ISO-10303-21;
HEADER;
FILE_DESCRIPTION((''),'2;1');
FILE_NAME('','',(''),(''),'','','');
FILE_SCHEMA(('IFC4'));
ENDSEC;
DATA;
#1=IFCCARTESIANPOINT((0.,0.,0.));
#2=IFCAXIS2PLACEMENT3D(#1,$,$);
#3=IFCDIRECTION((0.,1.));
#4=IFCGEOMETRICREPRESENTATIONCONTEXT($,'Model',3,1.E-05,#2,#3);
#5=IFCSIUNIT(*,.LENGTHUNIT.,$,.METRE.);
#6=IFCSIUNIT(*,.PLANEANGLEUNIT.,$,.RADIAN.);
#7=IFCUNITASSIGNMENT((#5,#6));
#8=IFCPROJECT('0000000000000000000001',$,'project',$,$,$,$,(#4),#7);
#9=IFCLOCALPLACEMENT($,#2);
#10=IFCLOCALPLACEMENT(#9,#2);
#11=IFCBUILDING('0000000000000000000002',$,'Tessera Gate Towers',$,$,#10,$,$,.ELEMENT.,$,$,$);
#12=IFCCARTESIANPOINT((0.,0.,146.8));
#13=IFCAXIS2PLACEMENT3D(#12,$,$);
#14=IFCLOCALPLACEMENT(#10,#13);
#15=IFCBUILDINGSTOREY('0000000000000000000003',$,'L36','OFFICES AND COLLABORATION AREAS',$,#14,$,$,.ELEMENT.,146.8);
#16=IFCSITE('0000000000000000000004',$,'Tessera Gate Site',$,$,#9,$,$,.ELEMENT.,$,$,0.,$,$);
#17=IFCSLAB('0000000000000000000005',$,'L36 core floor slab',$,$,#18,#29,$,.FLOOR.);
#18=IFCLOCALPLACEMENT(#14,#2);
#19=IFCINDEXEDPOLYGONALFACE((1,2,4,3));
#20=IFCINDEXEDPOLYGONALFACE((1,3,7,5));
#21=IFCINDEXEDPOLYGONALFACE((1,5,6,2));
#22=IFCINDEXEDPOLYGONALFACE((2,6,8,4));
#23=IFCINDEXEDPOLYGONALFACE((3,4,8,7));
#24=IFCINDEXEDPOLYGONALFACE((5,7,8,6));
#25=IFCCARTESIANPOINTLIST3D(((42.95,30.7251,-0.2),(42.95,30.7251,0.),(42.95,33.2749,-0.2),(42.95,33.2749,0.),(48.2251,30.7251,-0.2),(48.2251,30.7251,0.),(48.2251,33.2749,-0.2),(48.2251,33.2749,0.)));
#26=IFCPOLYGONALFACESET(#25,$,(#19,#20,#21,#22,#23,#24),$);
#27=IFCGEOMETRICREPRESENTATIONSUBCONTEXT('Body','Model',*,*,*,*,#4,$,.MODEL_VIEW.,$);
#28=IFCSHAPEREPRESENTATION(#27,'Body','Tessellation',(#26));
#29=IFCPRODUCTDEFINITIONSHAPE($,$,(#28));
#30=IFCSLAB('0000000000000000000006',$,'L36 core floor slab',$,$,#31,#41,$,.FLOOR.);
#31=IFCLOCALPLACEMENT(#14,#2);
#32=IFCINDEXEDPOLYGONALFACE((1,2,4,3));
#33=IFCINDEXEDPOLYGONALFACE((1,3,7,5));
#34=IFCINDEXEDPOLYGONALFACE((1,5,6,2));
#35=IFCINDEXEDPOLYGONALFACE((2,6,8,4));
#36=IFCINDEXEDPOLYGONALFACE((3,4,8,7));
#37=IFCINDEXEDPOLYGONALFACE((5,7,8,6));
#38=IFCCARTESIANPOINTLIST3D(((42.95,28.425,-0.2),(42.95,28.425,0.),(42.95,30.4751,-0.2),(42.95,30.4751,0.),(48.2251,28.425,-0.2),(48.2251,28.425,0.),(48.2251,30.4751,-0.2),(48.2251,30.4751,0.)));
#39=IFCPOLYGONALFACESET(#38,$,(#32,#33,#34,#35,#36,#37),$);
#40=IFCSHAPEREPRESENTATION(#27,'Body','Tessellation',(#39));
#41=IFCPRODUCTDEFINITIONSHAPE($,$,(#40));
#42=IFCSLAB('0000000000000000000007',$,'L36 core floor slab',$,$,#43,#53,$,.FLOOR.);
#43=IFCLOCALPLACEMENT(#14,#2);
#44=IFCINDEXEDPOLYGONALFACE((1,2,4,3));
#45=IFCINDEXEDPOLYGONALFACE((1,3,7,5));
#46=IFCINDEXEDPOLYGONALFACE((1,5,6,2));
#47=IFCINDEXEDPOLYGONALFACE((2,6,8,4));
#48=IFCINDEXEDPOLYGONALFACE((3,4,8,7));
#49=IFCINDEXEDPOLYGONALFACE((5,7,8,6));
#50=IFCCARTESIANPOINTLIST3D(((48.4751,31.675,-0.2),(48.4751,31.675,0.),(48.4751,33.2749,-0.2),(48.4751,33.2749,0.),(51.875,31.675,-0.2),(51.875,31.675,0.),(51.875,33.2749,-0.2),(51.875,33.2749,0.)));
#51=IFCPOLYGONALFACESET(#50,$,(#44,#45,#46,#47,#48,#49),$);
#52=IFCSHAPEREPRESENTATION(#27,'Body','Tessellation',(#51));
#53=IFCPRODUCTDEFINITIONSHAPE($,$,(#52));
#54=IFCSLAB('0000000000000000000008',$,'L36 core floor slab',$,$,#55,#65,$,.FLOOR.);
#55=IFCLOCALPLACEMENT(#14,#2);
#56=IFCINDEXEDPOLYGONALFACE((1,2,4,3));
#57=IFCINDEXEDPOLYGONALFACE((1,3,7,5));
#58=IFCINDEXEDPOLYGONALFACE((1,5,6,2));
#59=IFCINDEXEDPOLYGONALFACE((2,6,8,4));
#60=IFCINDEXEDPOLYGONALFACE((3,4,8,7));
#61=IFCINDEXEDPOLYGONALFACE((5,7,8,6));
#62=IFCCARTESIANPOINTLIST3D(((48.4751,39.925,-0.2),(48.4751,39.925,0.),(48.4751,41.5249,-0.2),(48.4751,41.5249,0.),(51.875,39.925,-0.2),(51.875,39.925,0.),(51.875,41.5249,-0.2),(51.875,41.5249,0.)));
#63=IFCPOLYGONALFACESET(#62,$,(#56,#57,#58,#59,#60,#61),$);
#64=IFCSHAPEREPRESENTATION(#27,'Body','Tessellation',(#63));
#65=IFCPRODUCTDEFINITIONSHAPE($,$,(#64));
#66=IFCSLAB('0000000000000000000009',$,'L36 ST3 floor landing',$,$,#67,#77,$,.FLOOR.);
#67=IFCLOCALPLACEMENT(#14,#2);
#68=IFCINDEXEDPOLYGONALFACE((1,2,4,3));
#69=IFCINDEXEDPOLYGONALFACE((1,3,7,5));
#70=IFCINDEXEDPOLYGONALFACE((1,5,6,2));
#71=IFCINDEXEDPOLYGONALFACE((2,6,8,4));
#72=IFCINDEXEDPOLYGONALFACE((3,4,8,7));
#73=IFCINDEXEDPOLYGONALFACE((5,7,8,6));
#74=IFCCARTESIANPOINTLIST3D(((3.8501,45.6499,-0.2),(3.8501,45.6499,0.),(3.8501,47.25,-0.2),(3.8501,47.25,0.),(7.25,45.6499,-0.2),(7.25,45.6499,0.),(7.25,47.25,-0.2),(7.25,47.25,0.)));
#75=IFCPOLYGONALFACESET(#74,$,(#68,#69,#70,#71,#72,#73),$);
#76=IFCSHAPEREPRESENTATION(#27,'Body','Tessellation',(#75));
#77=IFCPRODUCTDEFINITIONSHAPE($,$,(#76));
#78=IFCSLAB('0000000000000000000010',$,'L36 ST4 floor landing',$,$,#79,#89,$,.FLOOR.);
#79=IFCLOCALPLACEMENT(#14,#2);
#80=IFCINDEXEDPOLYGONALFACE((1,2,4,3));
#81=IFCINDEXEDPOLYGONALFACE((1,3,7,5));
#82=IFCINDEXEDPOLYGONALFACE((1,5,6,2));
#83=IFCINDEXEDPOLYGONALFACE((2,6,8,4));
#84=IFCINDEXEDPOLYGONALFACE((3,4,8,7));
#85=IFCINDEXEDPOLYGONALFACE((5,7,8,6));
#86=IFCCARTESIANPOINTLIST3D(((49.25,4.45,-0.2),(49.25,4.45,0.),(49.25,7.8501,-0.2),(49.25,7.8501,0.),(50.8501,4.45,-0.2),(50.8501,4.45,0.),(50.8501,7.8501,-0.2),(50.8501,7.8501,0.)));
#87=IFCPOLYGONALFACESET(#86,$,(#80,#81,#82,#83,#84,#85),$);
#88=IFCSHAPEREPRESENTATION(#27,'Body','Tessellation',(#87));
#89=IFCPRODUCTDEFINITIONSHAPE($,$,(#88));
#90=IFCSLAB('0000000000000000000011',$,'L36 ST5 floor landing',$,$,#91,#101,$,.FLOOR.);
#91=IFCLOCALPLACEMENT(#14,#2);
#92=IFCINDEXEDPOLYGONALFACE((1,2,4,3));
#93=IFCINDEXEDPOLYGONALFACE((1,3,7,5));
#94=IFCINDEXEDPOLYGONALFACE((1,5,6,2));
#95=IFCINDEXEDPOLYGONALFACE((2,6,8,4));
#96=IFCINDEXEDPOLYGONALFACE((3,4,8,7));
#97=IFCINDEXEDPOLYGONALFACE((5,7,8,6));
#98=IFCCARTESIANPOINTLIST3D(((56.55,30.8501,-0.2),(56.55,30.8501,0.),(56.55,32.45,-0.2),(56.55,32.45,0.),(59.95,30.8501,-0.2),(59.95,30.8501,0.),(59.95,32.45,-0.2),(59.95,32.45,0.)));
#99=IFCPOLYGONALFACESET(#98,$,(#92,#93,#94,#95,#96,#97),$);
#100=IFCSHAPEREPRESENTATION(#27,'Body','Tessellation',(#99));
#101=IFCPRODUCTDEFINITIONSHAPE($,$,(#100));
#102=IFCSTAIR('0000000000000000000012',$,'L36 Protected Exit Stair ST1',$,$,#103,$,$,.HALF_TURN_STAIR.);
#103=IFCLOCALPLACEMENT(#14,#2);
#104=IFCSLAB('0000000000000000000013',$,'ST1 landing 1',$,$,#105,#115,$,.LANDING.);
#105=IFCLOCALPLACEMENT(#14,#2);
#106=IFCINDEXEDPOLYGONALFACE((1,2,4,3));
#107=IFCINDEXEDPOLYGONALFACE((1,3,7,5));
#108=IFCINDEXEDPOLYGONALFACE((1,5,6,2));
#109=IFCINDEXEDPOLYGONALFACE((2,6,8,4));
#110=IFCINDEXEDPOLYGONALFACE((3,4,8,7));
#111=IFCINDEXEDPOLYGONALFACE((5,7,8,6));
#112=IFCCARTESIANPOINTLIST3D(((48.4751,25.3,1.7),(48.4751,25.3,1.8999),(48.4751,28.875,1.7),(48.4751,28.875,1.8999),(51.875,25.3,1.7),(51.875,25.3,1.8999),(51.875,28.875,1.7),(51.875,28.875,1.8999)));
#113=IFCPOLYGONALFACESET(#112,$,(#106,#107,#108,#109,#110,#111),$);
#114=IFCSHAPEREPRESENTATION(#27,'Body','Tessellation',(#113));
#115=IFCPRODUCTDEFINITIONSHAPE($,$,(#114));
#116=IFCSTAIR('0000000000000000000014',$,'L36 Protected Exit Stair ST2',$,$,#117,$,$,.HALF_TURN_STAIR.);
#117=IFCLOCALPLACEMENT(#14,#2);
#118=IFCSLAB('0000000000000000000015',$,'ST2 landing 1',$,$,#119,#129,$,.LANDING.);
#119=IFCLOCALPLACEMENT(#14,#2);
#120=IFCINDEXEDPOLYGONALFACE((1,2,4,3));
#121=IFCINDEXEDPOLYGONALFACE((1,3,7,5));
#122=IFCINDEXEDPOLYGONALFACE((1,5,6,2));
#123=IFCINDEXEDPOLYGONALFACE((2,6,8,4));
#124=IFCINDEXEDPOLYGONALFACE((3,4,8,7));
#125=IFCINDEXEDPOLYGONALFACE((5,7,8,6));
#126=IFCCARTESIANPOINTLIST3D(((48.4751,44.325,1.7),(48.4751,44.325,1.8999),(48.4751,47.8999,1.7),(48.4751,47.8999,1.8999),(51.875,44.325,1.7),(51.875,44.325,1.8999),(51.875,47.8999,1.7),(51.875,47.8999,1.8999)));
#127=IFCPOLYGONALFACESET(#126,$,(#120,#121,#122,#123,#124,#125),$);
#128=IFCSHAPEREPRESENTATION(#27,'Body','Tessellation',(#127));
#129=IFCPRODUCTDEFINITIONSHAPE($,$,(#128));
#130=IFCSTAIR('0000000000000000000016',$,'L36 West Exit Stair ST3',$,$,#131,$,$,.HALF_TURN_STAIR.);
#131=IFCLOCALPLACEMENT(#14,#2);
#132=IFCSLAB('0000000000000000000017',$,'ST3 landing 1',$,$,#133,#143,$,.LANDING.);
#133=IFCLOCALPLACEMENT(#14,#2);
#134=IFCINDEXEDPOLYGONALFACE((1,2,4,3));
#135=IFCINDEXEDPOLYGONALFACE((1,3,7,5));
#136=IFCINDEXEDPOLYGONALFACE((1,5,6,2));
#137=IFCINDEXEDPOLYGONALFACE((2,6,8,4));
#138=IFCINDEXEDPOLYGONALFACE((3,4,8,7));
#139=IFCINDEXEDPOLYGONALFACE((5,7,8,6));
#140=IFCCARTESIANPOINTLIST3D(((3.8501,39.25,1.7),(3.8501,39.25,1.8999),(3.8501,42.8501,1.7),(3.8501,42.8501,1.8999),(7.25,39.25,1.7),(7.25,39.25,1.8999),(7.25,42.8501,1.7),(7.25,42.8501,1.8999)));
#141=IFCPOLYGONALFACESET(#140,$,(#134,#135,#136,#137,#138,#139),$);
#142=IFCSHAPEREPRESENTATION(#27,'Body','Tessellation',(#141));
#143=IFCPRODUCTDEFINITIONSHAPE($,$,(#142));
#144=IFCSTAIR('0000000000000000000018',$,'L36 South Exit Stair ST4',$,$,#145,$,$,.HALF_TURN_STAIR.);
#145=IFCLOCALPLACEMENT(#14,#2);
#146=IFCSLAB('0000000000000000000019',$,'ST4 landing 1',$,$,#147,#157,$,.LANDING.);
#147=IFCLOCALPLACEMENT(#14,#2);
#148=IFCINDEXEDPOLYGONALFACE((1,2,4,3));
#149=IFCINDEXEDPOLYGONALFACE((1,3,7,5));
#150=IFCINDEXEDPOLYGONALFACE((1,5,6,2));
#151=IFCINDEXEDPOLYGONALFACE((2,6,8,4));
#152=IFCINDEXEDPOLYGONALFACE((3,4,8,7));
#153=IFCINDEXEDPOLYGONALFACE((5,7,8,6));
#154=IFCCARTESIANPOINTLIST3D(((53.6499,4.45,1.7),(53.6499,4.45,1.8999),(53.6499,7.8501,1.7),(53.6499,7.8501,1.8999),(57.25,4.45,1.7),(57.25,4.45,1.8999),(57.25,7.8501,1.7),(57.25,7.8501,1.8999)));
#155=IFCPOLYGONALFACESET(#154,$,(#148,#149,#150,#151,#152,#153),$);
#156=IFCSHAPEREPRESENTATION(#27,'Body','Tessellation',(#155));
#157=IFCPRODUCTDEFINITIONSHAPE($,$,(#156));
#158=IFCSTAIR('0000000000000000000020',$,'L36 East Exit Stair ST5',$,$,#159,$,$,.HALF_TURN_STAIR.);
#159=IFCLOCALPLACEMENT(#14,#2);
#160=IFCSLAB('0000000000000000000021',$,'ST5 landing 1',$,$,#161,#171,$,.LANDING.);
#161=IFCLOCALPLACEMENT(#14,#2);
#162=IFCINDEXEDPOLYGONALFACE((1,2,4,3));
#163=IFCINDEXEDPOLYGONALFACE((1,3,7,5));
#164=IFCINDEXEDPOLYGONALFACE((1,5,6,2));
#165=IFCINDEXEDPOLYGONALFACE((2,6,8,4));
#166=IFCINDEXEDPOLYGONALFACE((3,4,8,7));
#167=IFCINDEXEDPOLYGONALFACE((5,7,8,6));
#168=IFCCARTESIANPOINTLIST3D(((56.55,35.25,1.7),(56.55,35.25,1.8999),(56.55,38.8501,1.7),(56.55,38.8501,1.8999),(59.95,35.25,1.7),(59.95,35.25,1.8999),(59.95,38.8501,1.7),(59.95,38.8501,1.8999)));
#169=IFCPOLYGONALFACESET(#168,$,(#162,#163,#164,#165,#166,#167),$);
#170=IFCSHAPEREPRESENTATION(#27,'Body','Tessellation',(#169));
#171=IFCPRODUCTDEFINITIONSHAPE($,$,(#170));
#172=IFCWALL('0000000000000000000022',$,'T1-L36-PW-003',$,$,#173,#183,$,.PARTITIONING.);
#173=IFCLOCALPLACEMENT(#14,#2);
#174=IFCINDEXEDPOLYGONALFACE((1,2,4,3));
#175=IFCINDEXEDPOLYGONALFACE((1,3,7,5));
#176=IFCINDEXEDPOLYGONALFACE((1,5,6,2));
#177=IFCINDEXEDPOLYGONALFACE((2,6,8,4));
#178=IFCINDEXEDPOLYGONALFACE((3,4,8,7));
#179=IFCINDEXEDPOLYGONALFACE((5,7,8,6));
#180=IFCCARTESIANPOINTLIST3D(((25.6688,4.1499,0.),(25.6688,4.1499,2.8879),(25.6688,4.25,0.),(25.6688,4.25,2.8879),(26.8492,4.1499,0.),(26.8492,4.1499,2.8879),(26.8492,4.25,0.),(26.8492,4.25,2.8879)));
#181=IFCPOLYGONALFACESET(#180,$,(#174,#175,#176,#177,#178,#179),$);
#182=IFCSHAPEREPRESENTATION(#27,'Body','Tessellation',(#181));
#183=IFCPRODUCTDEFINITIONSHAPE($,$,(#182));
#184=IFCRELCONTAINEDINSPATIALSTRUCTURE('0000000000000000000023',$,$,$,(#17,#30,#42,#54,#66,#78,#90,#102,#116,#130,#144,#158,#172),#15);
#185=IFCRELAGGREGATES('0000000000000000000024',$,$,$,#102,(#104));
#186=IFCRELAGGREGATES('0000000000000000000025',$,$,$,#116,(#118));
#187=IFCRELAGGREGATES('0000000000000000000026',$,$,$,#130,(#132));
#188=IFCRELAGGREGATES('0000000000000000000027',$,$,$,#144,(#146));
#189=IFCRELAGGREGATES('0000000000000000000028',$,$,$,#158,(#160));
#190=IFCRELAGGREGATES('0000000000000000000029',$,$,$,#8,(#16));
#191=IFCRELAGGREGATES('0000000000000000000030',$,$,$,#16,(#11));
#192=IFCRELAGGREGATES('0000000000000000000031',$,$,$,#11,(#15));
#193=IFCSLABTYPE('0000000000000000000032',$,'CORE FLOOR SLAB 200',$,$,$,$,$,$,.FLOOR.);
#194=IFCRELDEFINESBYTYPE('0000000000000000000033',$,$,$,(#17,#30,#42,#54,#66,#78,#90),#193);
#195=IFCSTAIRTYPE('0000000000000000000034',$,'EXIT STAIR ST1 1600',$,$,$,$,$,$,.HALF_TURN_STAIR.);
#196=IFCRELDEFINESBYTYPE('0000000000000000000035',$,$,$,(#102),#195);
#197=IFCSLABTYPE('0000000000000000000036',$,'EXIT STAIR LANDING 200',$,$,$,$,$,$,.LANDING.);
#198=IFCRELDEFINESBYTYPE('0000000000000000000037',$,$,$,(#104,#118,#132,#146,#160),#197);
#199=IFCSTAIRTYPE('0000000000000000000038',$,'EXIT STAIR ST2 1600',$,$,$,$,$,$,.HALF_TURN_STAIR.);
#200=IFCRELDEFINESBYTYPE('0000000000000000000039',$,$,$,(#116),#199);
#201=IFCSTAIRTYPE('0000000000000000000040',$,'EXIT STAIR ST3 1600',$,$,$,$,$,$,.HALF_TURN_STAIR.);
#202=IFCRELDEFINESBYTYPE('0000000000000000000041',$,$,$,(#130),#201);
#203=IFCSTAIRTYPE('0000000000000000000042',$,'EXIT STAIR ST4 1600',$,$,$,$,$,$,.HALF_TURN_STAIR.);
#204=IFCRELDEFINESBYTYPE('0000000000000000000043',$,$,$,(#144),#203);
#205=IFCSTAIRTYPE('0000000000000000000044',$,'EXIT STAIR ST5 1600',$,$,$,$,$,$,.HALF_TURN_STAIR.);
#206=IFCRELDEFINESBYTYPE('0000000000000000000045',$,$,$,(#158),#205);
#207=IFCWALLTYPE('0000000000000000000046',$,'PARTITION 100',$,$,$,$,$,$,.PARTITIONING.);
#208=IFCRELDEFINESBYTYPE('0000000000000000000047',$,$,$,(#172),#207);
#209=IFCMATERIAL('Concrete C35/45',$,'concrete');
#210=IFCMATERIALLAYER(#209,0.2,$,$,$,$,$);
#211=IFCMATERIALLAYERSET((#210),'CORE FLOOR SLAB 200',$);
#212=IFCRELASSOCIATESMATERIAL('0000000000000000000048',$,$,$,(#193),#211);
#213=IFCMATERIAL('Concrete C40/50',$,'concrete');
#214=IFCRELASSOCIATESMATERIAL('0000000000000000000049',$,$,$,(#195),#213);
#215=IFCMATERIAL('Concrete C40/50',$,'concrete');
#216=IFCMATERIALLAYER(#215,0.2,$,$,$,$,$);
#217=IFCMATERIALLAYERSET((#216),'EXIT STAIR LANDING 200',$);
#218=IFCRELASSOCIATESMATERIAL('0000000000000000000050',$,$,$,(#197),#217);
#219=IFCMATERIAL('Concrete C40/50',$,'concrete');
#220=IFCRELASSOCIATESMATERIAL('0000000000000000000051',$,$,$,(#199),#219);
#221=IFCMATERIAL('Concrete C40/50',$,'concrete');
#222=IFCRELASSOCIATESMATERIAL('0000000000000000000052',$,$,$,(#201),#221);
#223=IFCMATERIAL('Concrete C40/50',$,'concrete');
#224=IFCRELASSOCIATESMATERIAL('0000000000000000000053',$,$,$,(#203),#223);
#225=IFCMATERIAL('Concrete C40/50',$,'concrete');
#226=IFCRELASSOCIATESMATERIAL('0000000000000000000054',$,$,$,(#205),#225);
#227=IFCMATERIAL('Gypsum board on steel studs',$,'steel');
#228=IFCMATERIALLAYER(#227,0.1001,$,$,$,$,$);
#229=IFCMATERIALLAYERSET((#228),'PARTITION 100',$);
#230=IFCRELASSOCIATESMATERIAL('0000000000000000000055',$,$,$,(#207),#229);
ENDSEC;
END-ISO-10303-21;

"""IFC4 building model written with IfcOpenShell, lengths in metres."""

from ifc_helpers import new_model, si_unit, direction, frame, frame_2d, origin, place, context, subcontext, project, spatial, polyline, rectangle, outline, extrude, material, layer, layer_set, type_object, element, aggregate, save


model = new_model("IFC4")

# Units and contexts
model_context = context("Model", 3, precision=1e-05, world=origin(), true_north=direction((0.0, 1.0)))
body_context = subcontext(model_context, "Body", "Model", "MODEL_VIEW")
ifc_project = project(units=[si_unit("LENGTHUNIT", "METRE"), si_unit("PLANEANGLEUNIT", "RADIAN")], contexts=[model_context])

# Site, building, storey
site_placement = place(None, origin())
site = spatial("IfcSite", under=ifc_project, at=site_placement, Name="Tessera Gate Site", CompositionType="ELEMENT", RefElevation=0.0)
building_placement = place(site_placement, origin())
building = spatial("IfcBuilding", under=site, at=building_placement, Name="Tessera Gate Towers", CompositionType="ELEMENT")
storey_placement = place(building_placement, frame((0.0, 0.0, 146.8)))
storey = spatial("IfcBuildingStorey", under=building, at=storey_placement, Name="L36", Description="OFFICES AND COLLABORATION AREAS", CompositionType="ELEMENT", Elevation=146.8)

# Slabs
ifc_material_1 = material(Name="Concrete C35/45", Category="concrete")
ifc_layer_1 = layer(ifc_material_1, 0.2)
ifc_layer_set_1 = layer_set([ifc_layer_1], Name="CORE FLOOR SLAB 200")
slab_type_1 = type_object("IfcSlabType", Name="CORE FLOOR SLAB 200", PredefinedType="FLOOR", material=ifc_layer_set_1)
slab_1_placement = place(storey_placement, frame((0.0, 0.0, -0.2)))
element("IfcSlab", 1, at=slab_1_placement, inside=storey, type_object=slab_type_1, Name="L36 core floor slab", PredefinedType="FLOOR", context=body_context, shape_type="SweptSolid", body=[
    extrude(outline(polyline([(42.95, 33.2749), (42.95, 30.7251), (48.2251, 30.7251), (48.2251, 33.2749), (42.95, 33.2749)])), origin(), (0.0, 0.0, 1.0), 0.2),
])
slab_2_placement = place(storey_placement, frame((0.0, 0.0, -0.2)))
element("IfcSlab", 2, at=slab_2_placement, inside=storey, type_object=slab_type_1, Name="L36 core floor slab", PredefinedType="FLOOR", context=body_context, shape_type="SweptSolid", body=[
    extrude(outline(polyline([(48.2251, 30.4751), (42.95, 30.4751), (42.95, 28.425), (48.2251, 28.425), (48.2251, 30.4751)])), origin(), (0.0, 0.0, 1.0), 0.2),
])
slab_3_placement = place(storey_placement, frame((0.0, 0.0, -0.2)))
element("IfcSlab", 3, at=slab_3_placement, inside=storey, type_object=slab_type_1, Name="L36 core floor slab", PredefinedType="FLOOR", context=body_context, shape_type="SweptSolid", body=[
    extrude(outline(polyline([(51.875, 31.675), (51.875, 33.2749), (48.4751, 33.2749), (48.4751, 31.675), (51.875, 31.675)])), origin(), (0.0, 0.0, 1.0), 0.2),
])
slab_4_placement = place(storey_placement, frame((0.0, 0.0, -0.2)))
element("IfcSlab", 4, at=slab_4_placement, inside=storey, type_object=slab_type_1, Name="L36 core floor slab", PredefinedType="FLOOR", context=body_context, shape_type="SweptSolid", body=[
    extrude(outline(polyline([(48.4751, 41.5249), (48.4751, 39.925), (51.875, 39.925), (51.875, 41.5249), (48.4751, 41.5249)])), origin(), (0.0, 0.0, 1.0), 0.2),
])
slab_5_placement = place(storey_placement, frame((0.0, 0.0, -0.2)))
element("IfcSlab", 5, at=slab_5_placement, inside=storey, type_object=slab_type_1, Name="L36 ST3 floor landing", PredefinedType="FLOOR", context=body_context, shape_type="SweptSolid", body=[
    extrude(outline(polyline([(3.8501, 47.25), (3.8501, 45.6499), (7.25, 45.6499), (7.25, 47.25), (3.8501, 47.25)])), origin(), (0.0, 0.0, 1.0), 0.2),
])
slab_6_placement = place(storey_placement, frame((0.0, 0.0, -0.2)))
element("IfcSlab", 6, at=slab_6_placement, inside=storey, type_object=slab_type_1, Name="L36 ST4 floor landing", PredefinedType="FLOOR", context=body_context, shape_type="SweptSolid", body=[
    extrude(outline(polyline([(49.25, 4.45), (50.8501, 4.45), (50.8501, 7.8501), (49.25, 7.8501), (49.25, 4.45)])), origin(), (0.0, 0.0, 1.0), 0.2),
])
slab_7_placement = place(storey_placement, frame((0.0, 0.0, -0.2)))
element("IfcSlab", 7, at=slab_7_placement, inside=storey, type_object=slab_type_1, Name="L36 ST5 floor landing", PredefinedType="FLOOR", context=body_context, shape_type="SweptSolid", body=[
    extrude(outline(polyline([(59.95, 30.8501), (59.95, 32.45), (56.55, 32.45), (56.55, 30.8501), (59.95, 30.8501)])), origin(), (0.0, 0.0, 1.0), 0.2),
])

# Stairs, slabs
ifc_material_2 = material(Name="Concrete C40/50", Category="concrete")
stair_type_1 = type_object("IfcStairType", Name="EXIT STAIR ST1 1600", PredefinedType="HALF_TURN_STAIR", material=ifc_material_2)
stair_1_placement = place(storey_placement, origin())
stair_1 = element("IfcStair", 8, at=stair_1_placement, inside=storey, type_object=stair_type_1, Name="L36 Protected Exit Stair ST1", PredefinedType="HALF_TURN_STAIR")
ifc_material_3 = material(Name="Concrete C40/50", Category="concrete")
ifc_layer_2 = layer(ifc_material_3, 0.2)
ifc_layer_set_2 = layer_set([ifc_layer_2], Name="EXIT STAIR LANDING 200")
slab_type_2 = type_object("IfcSlabType", Name="EXIT STAIR LANDING 200", PredefinedType="LANDING", material=ifc_layer_set_2)
slab_8_placement = place(storey_placement, frame((0.0, 0.0, 1.7)))
slab_8 = element("IfcSlab", 9, at=slab_8_placement, type_object=slab_type_2, Name="ST1 landing 1", PredefinedType="LANDING", context=body_context, shape_type="SweptSolid", body=[
    extrude(outline(polyline([(48.4751, 28.875), (48.4751, 25.3), (51.875, 25.3), (51.875, 28.875), (48.4751, 28.875)])), origin(), (0.0, 0.0, 1.0), 0.2),
])
aggregate(stair_1, [slab_8])
ifc_material_4 = material(Name="Concrete C40/50", Category="concrete")
stair_type_2 = type_object("IfcStairType", Name="EXIT STAIR ST2 1600", PredefinedType="HALF_TURN_STAIR", material=ifc_material_4)
stair_2_placement = place(storey_placement, origin())
stair_2 = element("IfcStair", 10, at=stair_2_placement, inside=storey, type_object=stair_type_2, Name="L36 Protected Exit Stair ST2", PredefinedType="HALF_TURN_STAIR")
slab_9_placement = place(storey_placement, frame((0.0, 0.0, 1.7)))
slab_9 = element("IfcSlab", 11, at=slab_9_placement, type_object=slab_type_2, Name="ST2 landing 1", PredefinedType="LANDING", context=body_context, shape_type="SweptSolid", body=[
    extrude(outline(polyline([(51.875, 44.325), (51.875, 47.8999), (48.4751, 47.8999), (48.4751, 44.325), (51.875, 44.325)])), origin(), (0.0, 0.0, 1.0), 0.2),
])
aggregate(stair_2, [slab_9])
ifc_material_5 = material(Name="Concrete C40/50", Category="concrete")
stair_type_3 = type_object("IfcStairType", Name="EXIT STAIR ST3 1600", PredefinedType="HALF_TURN_STAIR", material=ifc_material_5)
stair_3_placement = place(storey_placement, origin())
stair_3 = element("IfcStair", 12, at=stair_3_placement, inside=storey, type_object=stair_type_3, Name="L36 West Exit Stair ST3", PredefinedType="HALF_TURN_STAIR")
slab_10_placement = place(storey_placement, frame((0.0, 0.0, 1.7)))
slab_10 = element("IfcSlab", 13, at=slab_10_placement, type_object=slab_type_2, Name="ST3 landing 1", PredefinedType="LANDING", context=body_context, shape_type="SweptSolid", body=[
    extrude(outline(polyline([(3.8501, 42.8501), (3.8501, 39.25), (7.25, 39.25), (7.25, 42.8501), (3.8501, 42.8501)])), origin(), (0.0, 0.0, 1.0), 0.2),
])
aggregate(stair_3, [slab_10])
ifc_material_6 = material(Name="Concrete C40/50", Category="concrete")
stair_type_4 = type_object("IfcStairType", Name="EXIT STAIR ST4 1600", PredefinedType="HALF_TURN_STAIR", material=ifc_material_6)
stair_4_placement = place(storey_placement, origin())
stair_4 = element("IfcStair", 14, at=stair_4_placement, inside=storey, type_object=stair_type_4, Name="L36 South Exit Stair ST4", PredefinedType="HALF_TURN_STAIR")
slab_11_placement = place(storey_placement, frame((0.0, 0.0, 1.7)))
slab_11 = element("IfcSlab", 15, at=slab_11_placement, type_object=slab_type_2, Name="ST4 landing 1", PredefinedType="LANDING", context=body_context, shape_type="SweptSolid", body=[
    extrude(outline(polyline([(53.6499, 4.45), (57.25, 4.45), (57.25, 7.8501), (53.6499, 7.8501), (53.6499, 4.45)])), origin(), (0.0, 0.0, 1.0), 0.2),
])
aggregate(stair_4, [slab_11])
ifc_material_7 = material(Name="Concrete C40/50", Category="concrete")
stair_type_5 = type_object("IfcStairType", Name="EXIT STAIR ST5 1600", PredefinedType="HALF_TURN_STAIR", material=ifc_material_7)
stair_5_placement = place(storey_placement, origin())
stair_5 = element("IfcStair", 16, at=stair_5_placement, inside=storey, type_object=stair_type_5, Name="L36 East Exit Stair ST5", PredefinedType="HALF_TURN_STAIR")
slab_12_placement = place(storey_placement, frame((0.0, 0.0, 1.7)))
slab_12 = element("IfcSlab", 17, at=slab_12_placement, type_object=slab_type_2, Name="ST5 landing 1", PredefinedType="LANDING", context=body_context, shape_type="SweptSolid", body=[
    extrude(outline(polyline([(59.95, 35.25), (59.95, 38.8501), (56.55, 38.8501), (56.55, 35.25), (59.95, 35.25)])), origin(), (0.0, 0.0, 1.0), 0.2),
])
aggregate(stair_5, [slab_12])

# Wall
ifc_material_8 = material(Name="Gypsum board on steel studs", Category="steel")
ifc_layer_3 = layer(ifc_material_8, 0.1001)
ifc_layer_set_3 = layer_set([ifc_layer_3], Name="PARTITION 100")
wall_type_1 = type_object("IfcWallType", Name="PARTITION 100", PredefinedType="PARTITIONING", material=ifc_layer_set_3)
wall_1_placement = place(storey_placement, frame((25.6687, 4.2, 0.0), z_axis=(0.0, 0.0, 1.0), x_axis=(1.0, 0.0, 0.0)))
element("IfcWall", 18, at=wall_1_placement, inside=storey, type_object=wall_type_1, Name="T1-L36-PW-003", PredefinedType="PARTITIONING", context=body_context, shape_type="SweptSolid", body=[
    extrude(rectangle(XDim=1.1804, YDim=0.1001, at=frame_2d((0.5903, 0.0))), origin(), (0.0, 0.0, 1.0), 2.8879),
])

save(model, "model.ifc")
